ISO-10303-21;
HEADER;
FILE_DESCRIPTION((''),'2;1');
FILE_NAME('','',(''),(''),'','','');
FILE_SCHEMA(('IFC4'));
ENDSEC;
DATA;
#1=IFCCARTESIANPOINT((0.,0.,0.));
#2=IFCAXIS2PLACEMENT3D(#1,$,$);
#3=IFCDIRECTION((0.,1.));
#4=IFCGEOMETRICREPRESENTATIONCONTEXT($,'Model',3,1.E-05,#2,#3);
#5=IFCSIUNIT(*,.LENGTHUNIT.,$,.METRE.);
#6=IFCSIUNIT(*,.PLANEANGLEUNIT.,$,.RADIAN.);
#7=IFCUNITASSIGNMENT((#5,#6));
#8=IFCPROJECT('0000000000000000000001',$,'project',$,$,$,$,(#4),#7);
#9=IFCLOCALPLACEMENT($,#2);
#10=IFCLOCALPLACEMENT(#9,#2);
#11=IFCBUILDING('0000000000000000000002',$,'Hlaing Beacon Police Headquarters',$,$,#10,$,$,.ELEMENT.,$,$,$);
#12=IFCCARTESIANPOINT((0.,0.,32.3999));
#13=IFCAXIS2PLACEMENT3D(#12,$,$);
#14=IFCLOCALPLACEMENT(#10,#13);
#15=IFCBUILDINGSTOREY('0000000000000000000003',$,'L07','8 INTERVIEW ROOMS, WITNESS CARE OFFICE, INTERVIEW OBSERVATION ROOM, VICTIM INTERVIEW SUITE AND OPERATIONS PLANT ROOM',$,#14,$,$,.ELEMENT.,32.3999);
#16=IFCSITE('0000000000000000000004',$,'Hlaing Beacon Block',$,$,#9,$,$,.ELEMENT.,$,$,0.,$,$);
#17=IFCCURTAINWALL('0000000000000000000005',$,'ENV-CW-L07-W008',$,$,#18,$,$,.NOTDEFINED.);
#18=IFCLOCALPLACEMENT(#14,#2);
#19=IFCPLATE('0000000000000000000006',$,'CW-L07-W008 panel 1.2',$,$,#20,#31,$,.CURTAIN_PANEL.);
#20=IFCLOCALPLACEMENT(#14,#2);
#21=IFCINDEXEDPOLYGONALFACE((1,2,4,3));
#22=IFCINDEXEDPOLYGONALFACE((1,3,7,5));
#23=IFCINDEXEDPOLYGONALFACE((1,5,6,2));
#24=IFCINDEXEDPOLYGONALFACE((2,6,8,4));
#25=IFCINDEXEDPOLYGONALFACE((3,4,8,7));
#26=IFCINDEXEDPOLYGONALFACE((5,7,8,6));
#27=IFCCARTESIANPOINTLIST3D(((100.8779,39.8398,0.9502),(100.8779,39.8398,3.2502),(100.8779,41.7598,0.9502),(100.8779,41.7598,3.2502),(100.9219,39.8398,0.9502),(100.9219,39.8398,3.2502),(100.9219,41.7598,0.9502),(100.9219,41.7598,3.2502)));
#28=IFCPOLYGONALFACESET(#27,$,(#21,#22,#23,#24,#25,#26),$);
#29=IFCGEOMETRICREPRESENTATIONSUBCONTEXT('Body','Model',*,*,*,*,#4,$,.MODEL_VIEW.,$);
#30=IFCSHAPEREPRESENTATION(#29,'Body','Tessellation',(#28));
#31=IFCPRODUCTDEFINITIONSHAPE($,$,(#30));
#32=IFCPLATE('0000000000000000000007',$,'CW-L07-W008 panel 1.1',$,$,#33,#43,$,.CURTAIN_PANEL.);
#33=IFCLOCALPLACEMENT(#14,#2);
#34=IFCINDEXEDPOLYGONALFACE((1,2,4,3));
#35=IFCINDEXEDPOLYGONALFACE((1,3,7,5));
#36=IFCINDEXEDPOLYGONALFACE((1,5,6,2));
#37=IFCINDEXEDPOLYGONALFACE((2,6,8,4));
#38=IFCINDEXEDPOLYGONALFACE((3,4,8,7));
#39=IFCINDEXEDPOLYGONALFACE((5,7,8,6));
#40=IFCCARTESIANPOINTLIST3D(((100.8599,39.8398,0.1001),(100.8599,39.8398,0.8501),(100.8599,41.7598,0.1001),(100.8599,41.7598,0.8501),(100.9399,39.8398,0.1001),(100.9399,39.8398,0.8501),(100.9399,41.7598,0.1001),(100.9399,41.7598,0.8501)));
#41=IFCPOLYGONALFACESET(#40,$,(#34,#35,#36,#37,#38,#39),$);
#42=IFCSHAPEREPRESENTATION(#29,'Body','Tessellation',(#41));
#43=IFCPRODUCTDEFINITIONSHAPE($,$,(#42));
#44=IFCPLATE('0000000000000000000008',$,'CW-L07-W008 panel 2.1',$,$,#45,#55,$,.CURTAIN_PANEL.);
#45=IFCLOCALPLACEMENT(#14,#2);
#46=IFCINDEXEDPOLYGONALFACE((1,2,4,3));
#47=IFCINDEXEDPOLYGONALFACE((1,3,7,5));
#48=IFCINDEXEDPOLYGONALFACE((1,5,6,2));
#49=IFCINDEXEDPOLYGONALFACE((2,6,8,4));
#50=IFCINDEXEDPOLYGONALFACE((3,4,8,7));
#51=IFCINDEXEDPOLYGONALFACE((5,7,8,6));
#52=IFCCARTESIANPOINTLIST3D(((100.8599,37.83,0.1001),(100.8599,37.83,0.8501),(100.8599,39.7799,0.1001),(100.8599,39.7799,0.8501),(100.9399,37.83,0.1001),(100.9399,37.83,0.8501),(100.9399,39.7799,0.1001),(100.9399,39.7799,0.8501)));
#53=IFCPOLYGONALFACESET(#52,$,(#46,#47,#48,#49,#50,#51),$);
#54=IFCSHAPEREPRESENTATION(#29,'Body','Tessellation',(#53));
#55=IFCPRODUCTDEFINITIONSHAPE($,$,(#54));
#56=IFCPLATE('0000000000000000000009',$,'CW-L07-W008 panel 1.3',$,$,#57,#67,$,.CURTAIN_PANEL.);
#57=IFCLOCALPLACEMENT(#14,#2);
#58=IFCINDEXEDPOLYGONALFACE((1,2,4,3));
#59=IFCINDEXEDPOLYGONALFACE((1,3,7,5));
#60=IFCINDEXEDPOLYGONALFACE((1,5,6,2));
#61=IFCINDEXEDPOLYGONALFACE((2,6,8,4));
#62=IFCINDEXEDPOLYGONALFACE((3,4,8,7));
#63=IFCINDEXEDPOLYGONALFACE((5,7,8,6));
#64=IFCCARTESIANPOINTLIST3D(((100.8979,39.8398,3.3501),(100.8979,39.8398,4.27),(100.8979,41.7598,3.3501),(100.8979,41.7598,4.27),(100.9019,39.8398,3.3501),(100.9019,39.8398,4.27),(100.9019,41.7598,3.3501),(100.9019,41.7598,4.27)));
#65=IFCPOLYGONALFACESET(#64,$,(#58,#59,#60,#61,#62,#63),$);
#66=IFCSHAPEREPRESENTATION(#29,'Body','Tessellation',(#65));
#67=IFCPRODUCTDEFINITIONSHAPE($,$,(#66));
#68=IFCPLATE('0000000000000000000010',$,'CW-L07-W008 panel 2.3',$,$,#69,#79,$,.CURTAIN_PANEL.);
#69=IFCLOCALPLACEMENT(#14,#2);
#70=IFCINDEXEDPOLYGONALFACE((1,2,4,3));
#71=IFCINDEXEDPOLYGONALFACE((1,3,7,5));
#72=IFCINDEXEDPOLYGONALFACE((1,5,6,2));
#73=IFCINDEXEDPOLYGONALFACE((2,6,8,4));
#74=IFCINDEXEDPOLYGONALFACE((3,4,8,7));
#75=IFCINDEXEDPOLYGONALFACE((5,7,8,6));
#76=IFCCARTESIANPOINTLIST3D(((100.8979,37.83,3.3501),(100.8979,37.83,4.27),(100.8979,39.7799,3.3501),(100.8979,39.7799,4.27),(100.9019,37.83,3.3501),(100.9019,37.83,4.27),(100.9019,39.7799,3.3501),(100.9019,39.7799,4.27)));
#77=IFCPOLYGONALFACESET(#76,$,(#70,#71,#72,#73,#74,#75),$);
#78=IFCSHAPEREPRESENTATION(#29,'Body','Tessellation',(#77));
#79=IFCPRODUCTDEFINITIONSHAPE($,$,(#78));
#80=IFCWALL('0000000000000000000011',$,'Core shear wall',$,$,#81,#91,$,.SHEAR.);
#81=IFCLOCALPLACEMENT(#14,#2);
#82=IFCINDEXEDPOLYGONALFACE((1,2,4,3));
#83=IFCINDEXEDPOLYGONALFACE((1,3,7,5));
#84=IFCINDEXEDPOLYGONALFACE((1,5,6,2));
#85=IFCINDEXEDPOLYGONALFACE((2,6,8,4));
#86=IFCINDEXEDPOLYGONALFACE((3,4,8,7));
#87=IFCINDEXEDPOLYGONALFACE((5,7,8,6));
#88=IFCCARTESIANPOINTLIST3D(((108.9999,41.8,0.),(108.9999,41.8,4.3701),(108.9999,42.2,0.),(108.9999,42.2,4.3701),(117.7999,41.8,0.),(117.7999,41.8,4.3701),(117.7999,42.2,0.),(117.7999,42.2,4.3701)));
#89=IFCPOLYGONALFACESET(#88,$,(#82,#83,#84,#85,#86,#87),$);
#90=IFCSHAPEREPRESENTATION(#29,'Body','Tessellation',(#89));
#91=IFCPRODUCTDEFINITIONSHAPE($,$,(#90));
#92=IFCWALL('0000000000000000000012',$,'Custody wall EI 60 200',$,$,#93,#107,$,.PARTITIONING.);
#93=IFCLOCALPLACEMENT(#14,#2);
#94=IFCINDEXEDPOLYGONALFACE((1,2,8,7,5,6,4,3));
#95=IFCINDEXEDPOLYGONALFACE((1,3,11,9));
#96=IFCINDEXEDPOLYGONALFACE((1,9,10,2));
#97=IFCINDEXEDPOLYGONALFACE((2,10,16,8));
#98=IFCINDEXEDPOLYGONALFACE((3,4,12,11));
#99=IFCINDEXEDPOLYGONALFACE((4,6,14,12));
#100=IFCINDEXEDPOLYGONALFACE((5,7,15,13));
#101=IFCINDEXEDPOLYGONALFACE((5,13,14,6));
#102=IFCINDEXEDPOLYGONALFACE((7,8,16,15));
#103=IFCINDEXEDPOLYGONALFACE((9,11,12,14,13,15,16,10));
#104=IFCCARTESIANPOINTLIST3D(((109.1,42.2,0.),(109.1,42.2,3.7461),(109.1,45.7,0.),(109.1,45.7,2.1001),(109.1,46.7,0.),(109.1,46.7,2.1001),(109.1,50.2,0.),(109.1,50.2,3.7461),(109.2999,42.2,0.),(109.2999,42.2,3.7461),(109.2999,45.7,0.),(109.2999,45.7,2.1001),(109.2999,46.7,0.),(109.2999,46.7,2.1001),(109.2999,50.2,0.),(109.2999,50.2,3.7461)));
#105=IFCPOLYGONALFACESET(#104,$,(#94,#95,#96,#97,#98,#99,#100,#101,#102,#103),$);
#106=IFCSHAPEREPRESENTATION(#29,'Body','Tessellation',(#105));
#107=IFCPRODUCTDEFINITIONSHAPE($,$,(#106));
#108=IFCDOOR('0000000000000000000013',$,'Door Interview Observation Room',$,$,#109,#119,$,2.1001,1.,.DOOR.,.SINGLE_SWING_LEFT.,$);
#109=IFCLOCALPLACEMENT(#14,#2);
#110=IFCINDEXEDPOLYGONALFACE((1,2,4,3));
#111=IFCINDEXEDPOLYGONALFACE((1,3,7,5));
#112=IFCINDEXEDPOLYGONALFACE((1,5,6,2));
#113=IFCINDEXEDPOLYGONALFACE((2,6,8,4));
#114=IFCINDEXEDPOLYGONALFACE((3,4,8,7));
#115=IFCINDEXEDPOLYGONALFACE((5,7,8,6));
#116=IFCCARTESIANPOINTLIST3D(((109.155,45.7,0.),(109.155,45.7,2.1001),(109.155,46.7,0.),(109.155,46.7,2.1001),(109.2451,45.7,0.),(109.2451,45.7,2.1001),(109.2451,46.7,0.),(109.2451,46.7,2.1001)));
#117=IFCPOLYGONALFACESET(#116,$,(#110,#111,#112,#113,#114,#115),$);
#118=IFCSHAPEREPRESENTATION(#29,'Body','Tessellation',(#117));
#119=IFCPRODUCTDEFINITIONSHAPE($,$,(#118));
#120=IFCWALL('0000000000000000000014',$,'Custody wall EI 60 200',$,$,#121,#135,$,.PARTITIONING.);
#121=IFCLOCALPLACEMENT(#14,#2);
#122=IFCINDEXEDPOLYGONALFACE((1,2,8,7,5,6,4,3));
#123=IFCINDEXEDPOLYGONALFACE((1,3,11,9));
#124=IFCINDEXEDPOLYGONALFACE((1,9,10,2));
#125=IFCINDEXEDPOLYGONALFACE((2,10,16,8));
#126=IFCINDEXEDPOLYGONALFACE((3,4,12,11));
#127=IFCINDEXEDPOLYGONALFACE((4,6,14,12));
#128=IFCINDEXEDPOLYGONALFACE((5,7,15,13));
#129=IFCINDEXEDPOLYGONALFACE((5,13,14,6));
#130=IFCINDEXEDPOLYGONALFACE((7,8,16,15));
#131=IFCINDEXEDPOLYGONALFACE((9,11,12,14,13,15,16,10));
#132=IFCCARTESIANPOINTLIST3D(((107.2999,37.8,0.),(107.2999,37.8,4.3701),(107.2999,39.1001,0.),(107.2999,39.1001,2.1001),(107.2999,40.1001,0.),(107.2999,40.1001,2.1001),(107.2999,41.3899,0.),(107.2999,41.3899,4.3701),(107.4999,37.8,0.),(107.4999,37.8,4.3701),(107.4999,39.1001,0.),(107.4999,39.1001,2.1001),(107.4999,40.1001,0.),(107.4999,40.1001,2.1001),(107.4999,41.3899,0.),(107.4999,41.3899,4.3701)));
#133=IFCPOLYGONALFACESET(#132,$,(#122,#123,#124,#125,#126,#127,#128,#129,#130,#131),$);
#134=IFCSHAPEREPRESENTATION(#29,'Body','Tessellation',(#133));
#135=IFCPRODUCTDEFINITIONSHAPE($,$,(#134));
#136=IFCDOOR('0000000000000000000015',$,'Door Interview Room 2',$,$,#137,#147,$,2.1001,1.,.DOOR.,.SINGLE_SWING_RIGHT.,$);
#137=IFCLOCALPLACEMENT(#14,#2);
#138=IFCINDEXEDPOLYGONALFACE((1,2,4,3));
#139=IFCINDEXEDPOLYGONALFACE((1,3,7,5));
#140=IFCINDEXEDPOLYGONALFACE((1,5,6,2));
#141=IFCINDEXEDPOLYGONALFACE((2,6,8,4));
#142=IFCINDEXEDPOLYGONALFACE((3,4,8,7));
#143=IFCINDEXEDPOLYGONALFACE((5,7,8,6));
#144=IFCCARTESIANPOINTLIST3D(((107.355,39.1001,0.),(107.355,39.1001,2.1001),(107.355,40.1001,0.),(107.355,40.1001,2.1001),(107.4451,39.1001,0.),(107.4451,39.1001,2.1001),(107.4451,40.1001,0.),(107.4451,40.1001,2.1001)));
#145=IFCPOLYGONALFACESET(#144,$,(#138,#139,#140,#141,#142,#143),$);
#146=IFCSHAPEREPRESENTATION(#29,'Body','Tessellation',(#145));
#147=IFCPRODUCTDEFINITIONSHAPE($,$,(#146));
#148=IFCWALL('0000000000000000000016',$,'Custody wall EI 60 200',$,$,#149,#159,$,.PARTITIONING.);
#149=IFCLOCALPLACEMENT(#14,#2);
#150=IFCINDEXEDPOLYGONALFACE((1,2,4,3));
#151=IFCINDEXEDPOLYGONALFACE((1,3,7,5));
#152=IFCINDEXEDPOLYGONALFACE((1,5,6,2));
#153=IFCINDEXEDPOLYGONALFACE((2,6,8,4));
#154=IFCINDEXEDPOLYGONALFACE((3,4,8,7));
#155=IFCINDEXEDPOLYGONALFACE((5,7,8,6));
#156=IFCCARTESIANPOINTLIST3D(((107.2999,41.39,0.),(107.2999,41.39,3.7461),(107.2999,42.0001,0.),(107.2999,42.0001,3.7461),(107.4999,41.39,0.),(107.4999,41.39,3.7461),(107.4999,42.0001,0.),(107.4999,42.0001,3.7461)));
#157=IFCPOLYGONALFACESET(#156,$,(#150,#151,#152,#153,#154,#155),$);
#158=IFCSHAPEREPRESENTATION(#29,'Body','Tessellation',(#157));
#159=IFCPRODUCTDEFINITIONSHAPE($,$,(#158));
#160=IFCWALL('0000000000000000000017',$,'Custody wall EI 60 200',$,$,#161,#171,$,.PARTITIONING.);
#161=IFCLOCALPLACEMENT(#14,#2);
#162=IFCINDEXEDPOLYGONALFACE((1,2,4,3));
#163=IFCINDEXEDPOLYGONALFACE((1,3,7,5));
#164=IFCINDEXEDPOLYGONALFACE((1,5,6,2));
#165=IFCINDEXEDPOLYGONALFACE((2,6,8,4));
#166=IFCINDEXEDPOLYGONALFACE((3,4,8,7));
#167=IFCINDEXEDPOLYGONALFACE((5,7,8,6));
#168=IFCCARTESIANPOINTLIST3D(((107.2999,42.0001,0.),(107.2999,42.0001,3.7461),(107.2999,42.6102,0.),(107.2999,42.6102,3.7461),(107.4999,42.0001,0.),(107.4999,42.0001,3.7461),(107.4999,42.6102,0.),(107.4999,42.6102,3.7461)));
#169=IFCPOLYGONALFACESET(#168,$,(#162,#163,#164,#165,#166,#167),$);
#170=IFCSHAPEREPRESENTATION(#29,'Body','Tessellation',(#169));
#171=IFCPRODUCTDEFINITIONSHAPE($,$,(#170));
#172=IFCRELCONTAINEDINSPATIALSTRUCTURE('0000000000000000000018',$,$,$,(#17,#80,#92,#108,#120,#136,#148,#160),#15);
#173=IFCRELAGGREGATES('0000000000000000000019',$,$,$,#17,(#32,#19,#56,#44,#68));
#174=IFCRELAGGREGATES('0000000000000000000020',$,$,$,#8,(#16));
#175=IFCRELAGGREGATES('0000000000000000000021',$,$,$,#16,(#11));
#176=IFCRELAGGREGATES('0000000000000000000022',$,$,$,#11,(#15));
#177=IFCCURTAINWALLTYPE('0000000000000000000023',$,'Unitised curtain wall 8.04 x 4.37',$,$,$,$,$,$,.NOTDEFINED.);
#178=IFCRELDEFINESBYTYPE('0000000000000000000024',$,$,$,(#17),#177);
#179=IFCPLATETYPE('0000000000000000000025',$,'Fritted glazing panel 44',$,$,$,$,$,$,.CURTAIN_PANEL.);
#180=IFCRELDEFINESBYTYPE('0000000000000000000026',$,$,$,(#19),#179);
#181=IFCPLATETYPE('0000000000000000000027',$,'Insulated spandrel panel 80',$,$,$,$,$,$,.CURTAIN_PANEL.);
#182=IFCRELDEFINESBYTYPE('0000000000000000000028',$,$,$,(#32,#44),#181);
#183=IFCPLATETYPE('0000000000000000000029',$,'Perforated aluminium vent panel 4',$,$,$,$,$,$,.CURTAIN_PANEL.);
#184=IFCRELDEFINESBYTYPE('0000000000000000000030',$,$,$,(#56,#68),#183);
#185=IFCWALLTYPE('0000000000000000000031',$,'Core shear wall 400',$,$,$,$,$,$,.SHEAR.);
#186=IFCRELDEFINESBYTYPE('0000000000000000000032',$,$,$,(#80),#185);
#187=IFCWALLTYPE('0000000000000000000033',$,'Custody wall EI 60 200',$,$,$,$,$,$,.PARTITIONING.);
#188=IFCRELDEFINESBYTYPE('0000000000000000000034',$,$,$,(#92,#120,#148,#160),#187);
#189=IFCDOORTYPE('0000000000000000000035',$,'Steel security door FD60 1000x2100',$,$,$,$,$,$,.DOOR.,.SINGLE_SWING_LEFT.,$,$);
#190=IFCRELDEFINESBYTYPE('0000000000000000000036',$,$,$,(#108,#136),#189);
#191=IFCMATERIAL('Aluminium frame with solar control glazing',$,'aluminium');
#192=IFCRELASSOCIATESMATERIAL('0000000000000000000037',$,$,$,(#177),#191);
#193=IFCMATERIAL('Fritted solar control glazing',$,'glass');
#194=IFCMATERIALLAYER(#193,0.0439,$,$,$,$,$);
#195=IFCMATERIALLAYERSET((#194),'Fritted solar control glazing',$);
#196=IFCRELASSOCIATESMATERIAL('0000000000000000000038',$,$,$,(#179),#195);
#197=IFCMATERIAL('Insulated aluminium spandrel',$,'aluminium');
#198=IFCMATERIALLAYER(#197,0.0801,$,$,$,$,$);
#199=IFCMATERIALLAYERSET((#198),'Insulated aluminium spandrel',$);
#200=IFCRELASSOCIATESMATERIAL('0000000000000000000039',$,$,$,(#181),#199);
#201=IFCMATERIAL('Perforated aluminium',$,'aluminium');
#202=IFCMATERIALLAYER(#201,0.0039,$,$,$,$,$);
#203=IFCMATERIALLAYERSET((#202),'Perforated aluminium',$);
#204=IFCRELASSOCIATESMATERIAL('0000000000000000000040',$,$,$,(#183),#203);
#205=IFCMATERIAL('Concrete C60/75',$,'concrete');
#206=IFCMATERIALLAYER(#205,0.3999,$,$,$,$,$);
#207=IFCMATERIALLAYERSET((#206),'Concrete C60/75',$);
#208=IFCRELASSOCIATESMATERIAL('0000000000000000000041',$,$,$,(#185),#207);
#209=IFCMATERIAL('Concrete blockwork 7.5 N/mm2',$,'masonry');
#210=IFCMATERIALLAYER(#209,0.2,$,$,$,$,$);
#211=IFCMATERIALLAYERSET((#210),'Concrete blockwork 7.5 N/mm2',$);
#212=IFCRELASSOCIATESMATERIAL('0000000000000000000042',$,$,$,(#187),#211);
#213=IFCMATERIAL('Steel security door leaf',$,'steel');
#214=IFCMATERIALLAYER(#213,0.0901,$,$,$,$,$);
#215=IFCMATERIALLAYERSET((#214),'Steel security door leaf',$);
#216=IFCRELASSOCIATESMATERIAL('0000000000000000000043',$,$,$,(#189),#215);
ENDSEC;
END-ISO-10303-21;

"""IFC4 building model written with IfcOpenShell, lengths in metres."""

from ifc_helpers import new_model, si_unit, direction, frame, frame_2d, origin, origin_2d, place, context, subcontext, project, spatial, rectangle, extrude, material, layer, layer_set, type_object, element, fill, aggregate, save


model = new_model("IFC4")

# Units and contexts
model_context = context("Model", 3, precision=1e-05, world=origin(), true_north=direction((0.0, 1.0)))
body_context = subcontext(model_context, "Body", "Model", "MODEL_VIEW")
ifc_project = project(units=[si_unit("LENGTHUNIT", "METRE"), si_unit("PLANEANGLEUNIT", "RADIAN")], contexts=[model_context])

# Site, building, storey
site_placement = place(None, origin())
site = spatial("IfcSite", under=ifc_project, at=site_placement, Name="Hlaing Beacon Block", CompositionType="ELEMENT", RefElevation=0.0)
building_placement = place(site_placement, origin())
building = spatial("IfcBuilding", under=site, at=building_placement, Name="Hlaing Beacon Police Headquarters", CompositionType="ELEMENT")
storey_placement = place(building_placement, frame((0.0, 0.0, 32.3999)))
storey = spatial("IfcBuildingStorey", under=building, at=storey_placement, Name="L07", Description="8 INTERVIEW ROOMS, WITNESS CARE OFFICE, INTERVIEW OBSERVATION ROOM, VICTIM INTERVIEW SUITE AND OPERATIONS PLANT ROOM", CompositionType="ELEMENT", Elevation=32.3999)

# Curtain wall
ifc_material_1 = material(Name="Aluminium frame with solar control glazing", Category="aluminium")
curtain_wall_type = type_object("IfcCurtainWallType", Name="Unitised curtain wall 8.04 x 4.37", PredefinedType="NOTDEFINED", material=ifc_material_1)
curtain_wall_1_placement = place(storey_placement, origin())
curtain_wall_1 = element("IfcCurtainWall", 1, at=curtain_wall_1_placement, inside=storey, type_object=curtain_wall_type, Name="ENV-CW-L07-W008", PredefinedType="NOTDEFINED")

# Plates
ifc_material_2 = material(Name="Fritted solar control glazing", Category="glass")
ifc_layer_1 = layer(ifc_material_2, 0.0439)
ifc_layer_set_1 = layer_set([ifc_layer_1], Name="Fritted solar control glazing")
plate_type_1 = type_object("IfcPlateType", Name="Fritted glazing panel 44", PredefinedType="CURTAIN_PANEL", material=ifc_layer_set_1)
plate_1_placement = place(storey_placement, frame((100.8999, 40.7998, 0.9502), z_axis=(0.0, 0.0, 1.0), x_axis=(0.0, -1.0, 0.0)))
plate_1 = element("IfcPlate", 2, at=plate_1_placement, type_object=plate_type_1, Name="CW-L07-W008 panel 1.2", PredefinedType="CURTAIN_PANEL", context=body_context, shape_type="SweptSolid", body=[
    extrude(rectangle(XDim=1.9199, YDim=0.0439, at=origin_2d()), origin(), (0.0, 0.0, 1.0), 2.3),
])
ifc_material_3 = material(Name="Insulated aluminium spandrel", Category="aluminium")
ifc_layer_2 = layer(ifc_material_3, 0.0801)
ifc_layer_set_2 = layer_set([ifc_layer_2], Name="Insulated aluminium spandrel")
plate_type_2 = type_object("IfcPlateType", Name="Insulated spandrel panel 80", PredefinedType="CURTAIN_PANEL", material=ifc_layer_set_2)
plate_2_placement = place(storey_placement, frame((100.8999, 40.7998, 0.1001), z_axis=(0.0, 0.0, 1.0), x_axis=(0.0, -1.0, 0.0)))
plate_2 = element("IfcPlate", 3, at=plate_2_placement, type_object=plate_type_2, Name="CW-L07-W008 panel 1.1", PredefinedType="CURTAIN_PANEL", context=body_context, shape_type="SweptSolid", body=[
    extrude(rectangle(XDim=1.9199, YDim=0.0801, at=origin_2d()), origin(), (0.0, 0.0, 1.0), 0.75),
])
plate_3_placement = place(storey_placement, frame((100.8999, 38.8049, 0.1001), z_axis=(0.0, 0.0, 1.0), x_axis=(0.0, -1.0, 0.0)))
plate_3 = element("IfcPlate", 4, at=plate_3_placement, type_object=plate_type_2, Name="CW-L07-W008 panel 2.1", PredefinedType="CURTAIN_PANEL", context=body_context, shape_type="SweptSolid", body=[
    extrude(rectangle(XDim=1.95, YDim=0.0801, at=origin_2d()), origin(), (0.0, 0.0, 1.0), 0.75),
])
ifc_material_4 = material(Name="Perforated aluminium", Category="aluminium")
ifc_layer_3 = layer(ifc_material_4, 0.0039)
ifc_layer_set_3 = layer_set([ifc_layer_3], Name="Perforated aluminium")
plate_type_3 = type_object("IfcPlateType", Name="Perforated aluminium vent panel 4", PredefinedType="CURTAIN_PANEL", material=ifc_layer_set_3)
plate_4_placement = place(storey_placement, frame((100.8999, 40.7998, 3.3501), z_axis=(0.0, 0.0, 1.0), x_axis=(0.0, -1.0, 0.0)))
plate_4 = element("IfcPlate", 5, at=plate_4_placement, type_object=plate_type_3, Name="CW-L07-W008 panel 1.3", PredefinedType="CURTAIN_PANEL", context=body_context, shape_type="SweptSolid", body=[
    extrude(rectangle(XDim=1.9199, YDim=0.0039, at=origin_2d()), origin(), (0.0, 0.0, 1.0), 0.9199),
])
plate_5_placement = place(storey_placement, frame((100.8999, 38.8049, 3.3501), z_axis=(0.0, 0.0, 1.0), x_axis=(0.0, -1.0, 0.0)))
plate_5 = element("IfcPlate", 6, at=plate_5_placement, type_object=plate_type_3, Name="CW-L07-W008 panel 2.3", PredefinedType="CURTAIN_PANEL", context=body_context, shape_type="SweptSolid", body=[
    extrude(rectangle(XDim=1.95, YDim=0.0039, at=origin_2d()), origin(), (0.0, 0.0, 1.0), 0.9199),
])
aggregate(curtain_wall_1, [plate_2, plate_1, plate_4, plate_3, plate_5])

# Wall
ifc_material_5 = material(Name="Concrete C60/75", Category="concrete")
ifc_layer_4 = layer(ifc_material_5, 0.3999)
ifc_layer_set_4 = layer_set([ifc_layer_4], Name="Concrete C60/75")
wall_type_1 = type_object("IfcWallType", Name="Core shear wall 400", PredefinedType="SHEAR", material=ifc_layer_set_4)
wall_1_placement = place(storey_placement, frame((109.0, 42.0, 0.0), z_axis=(0.0, 0.0, 1.0), x_axis=(1.0, 0.0, 0.0)))
element("IfcWall", 7, at=wall_1_placement, inside=storey, type_object=wall_type_1, Name="Core shear wall", PredefinedType="SHEAR", context=body_context, shape_type="SweptSolid", body=[
    extrude(rectangle(XDim=8.8, YDim=0.3999, at=frame_2d((4.3999, 0.0))), origin(), (0.0, 0.0, 1.0), 4.3701),
])

# Walls, openings, doors
ifc_material_6 = material(Name="Concrete blockwork 7.5 N/mm2", Category="masonry")
ifc_layer_5 = layer(ifc_material_6, 0.2)
ifc_layer_set_5 = layer_set([ifc_layer_5], Name="Concrete blockwork 7.5 N/mm2")
wall_type_2 = type_object("IfcWallType", Name="Custody wall EI 60 200", PredefinedType="PARTITIONING", material=ifc_layer_set_5)
wall_2_placement = place(storey_placement, frame((109.2, 42.2, 0.0), z_axis=(0.0, 0.0, 1.0), x_axis=(0.0, 1.0, 0.0)))
wall_2 = element("IfcWall", 8, at=wall_2_placement, inside=storey, type_object=wall_type_2, Name="Custody wall EI 60 200", PredefinedType="PARTITIONING", context=body_context, shape_type="SweptSolid", body=[
    extrude(rectangle(XDim=8.0, YDim=0.2, at=frame_2d((4.0, 0.0))), origin(), (0.0, 0.0, 1.0), 3.7461),
])
opening_1_placement = place(wall_2_placement, frame((3.5, 0.0, 0.0)))
opening_1 = element("IfcOpeningElement", 9, at=opening_1_placement, cuts=wall_2, PredefinedType="OPENING", context=body_context, shape_type="SweptSolid", body=[
    extrude(rectangle(XDim=1.0, YDim=2.1001, at=frame_2d((0.5, 1.05))), frame((0.0, 0.1099, 0.0), z_axis=(0.0, -1.0, 0.0), x_axis=(1.0, 0.0, 0.0)), (0.0, 0.0, 1.0), 0.22),
])
ifc_material_7 = material(Name="Steel security door leaf", Category="steel")
ifc_layer_6 = layer(ifc_material_7, 0.0901)
ifc_layer_set_6 = layer_set([ifc_layer_6], Name="Steel security door leaf")
door_type = type_object("IfcDoorType", Name="Steel security door FD60 1000x2100", OperationType="SINGLE_SWING_LEFT", PredefinedType="DOOR", material=ifc_layer_set_6)
door_1_placement = place(opening_1_placement, frame((1.0, 0.0, 0.0), z_axis=(0.0, 0.0, 1.0), x_axis=(-1.0, 0.0, 0.0)))
door_1 = element("IfcDoor", 10, at=door_1_placement, inside=storey, type_object=door_type, Name="Door Interview Observation Room", OperationType="SINGLE_SWING_LEFT", OverallHeight=2.1001, OverallWidth=1.0, PredefinedType="DOOR", context=body_context, shape_type="SweptSolid", body=[
    extrude(rectangle(XDim=1.0, YDim=2.1001, at=frame_2d((0.5, 1.05))), frame((0.0, 0.0452, 0.0), z_axis=(0.0, -1.0, 0.0), x_axis=(1.0, 0.0, 0.0)), (0.0, 0.0, 1.0), 0.0901),
])
fill(opening_1, door_1)
wall_3_placement = place(storey_placement, frame((107.3999, 37.8, 0.0), z_axis=(0.0, 0.0, 1.0), x_axis=(0.0, 1.0, 0.0)))
wall_3 = element("IfcWall", 11, at=wall_3_placement, inside=storey, type_object=wall_type_2, Name="Custody wall EI 60 200", PredefinedType="PARTITIONING", context=body_context, shape_type="SweptSolid", body=[
    extrude(rectangle(XDim=3.5898, YDim=0.2, at=frame_2d((1.7949, 0.0))), origin(), (0.0, 0.0, 1.0), 4.3701),
])
opening_2_placement = place(wall_3_placement, frame((1.3, 0.0, 0.0)))
opening_2 = element("IfcOpeningElement", 12, at=opening_2_placement, cuts=wall_3, PredefinedType="OPENING", context=body_context, shape_type="SweptSolid", body=[
    extrude(rectangle(XDim=1.0, YDim=2.1001, at=frame_2d((0.5, 1.05))), frame((0.0, 0.1099, 0.0), z_axis=(0.0, -1.0, 0.0), x_axis=(1.0, 0.0, 0.0)), (0.0, 0.0, 1.0), 0.22),
])
door_2_placement = place(opening_2_placement, origin())
door_2 = element("IfcDoor", 13, at=door_2_placement, inside=storey, type_object=door_type, Name="Door Interview Room 2", OperationType="SINGLE_SWING_RIGHT", OverallHeight=2.1001, OverallWidth=1.0, PredefinedType="DOOR", context=body_context, shape_type="SweptSolid", body=[
    extrude(rectangle(XDim=1.0, YDim=2.1001, at=frame_2d((0.5, 1.05))), frame((0.0, 0.0449, 0.0), z_axis=(0.0, -1.0, 0.0), x_axis=(1.0, 0.0, 0.0)), (0.0, 0.0, 1.0), 0.0901),
])
fill(opening_2, door_2)

# Walls
for number, where, z_axis, x_axis, name in (
    (14, (107.3999, 41.3899, 0.0), (0.0, 0.0, 1.0), (0.0, 1.0, 0.0), "Custody wall EI 60 200"),
    (15, (107.3999, 42.0, 0.0), (0.0, 0.0, 1.0), (0.0, 1.0, 0.0), "Custody wall EI 60 200"),
):
    element("IfcWall", number, at=place(storey_placement, frame(where, z_axis=z_axis, x_axis=x_axis)), inside=storey, type_object=wall_type_2, Name=name, PredefinedType="PARTITIONING", context=body_context, shape_type="SweptSolid", body=[
        extrude(rectangle(XDim=0.6101, YDim=0.2, at=frame_2d((0.3052, 0.0))), origin(), (0.0, 0.0, 1.0), 3.7461),
    ])

save(model, "model.ifc")
